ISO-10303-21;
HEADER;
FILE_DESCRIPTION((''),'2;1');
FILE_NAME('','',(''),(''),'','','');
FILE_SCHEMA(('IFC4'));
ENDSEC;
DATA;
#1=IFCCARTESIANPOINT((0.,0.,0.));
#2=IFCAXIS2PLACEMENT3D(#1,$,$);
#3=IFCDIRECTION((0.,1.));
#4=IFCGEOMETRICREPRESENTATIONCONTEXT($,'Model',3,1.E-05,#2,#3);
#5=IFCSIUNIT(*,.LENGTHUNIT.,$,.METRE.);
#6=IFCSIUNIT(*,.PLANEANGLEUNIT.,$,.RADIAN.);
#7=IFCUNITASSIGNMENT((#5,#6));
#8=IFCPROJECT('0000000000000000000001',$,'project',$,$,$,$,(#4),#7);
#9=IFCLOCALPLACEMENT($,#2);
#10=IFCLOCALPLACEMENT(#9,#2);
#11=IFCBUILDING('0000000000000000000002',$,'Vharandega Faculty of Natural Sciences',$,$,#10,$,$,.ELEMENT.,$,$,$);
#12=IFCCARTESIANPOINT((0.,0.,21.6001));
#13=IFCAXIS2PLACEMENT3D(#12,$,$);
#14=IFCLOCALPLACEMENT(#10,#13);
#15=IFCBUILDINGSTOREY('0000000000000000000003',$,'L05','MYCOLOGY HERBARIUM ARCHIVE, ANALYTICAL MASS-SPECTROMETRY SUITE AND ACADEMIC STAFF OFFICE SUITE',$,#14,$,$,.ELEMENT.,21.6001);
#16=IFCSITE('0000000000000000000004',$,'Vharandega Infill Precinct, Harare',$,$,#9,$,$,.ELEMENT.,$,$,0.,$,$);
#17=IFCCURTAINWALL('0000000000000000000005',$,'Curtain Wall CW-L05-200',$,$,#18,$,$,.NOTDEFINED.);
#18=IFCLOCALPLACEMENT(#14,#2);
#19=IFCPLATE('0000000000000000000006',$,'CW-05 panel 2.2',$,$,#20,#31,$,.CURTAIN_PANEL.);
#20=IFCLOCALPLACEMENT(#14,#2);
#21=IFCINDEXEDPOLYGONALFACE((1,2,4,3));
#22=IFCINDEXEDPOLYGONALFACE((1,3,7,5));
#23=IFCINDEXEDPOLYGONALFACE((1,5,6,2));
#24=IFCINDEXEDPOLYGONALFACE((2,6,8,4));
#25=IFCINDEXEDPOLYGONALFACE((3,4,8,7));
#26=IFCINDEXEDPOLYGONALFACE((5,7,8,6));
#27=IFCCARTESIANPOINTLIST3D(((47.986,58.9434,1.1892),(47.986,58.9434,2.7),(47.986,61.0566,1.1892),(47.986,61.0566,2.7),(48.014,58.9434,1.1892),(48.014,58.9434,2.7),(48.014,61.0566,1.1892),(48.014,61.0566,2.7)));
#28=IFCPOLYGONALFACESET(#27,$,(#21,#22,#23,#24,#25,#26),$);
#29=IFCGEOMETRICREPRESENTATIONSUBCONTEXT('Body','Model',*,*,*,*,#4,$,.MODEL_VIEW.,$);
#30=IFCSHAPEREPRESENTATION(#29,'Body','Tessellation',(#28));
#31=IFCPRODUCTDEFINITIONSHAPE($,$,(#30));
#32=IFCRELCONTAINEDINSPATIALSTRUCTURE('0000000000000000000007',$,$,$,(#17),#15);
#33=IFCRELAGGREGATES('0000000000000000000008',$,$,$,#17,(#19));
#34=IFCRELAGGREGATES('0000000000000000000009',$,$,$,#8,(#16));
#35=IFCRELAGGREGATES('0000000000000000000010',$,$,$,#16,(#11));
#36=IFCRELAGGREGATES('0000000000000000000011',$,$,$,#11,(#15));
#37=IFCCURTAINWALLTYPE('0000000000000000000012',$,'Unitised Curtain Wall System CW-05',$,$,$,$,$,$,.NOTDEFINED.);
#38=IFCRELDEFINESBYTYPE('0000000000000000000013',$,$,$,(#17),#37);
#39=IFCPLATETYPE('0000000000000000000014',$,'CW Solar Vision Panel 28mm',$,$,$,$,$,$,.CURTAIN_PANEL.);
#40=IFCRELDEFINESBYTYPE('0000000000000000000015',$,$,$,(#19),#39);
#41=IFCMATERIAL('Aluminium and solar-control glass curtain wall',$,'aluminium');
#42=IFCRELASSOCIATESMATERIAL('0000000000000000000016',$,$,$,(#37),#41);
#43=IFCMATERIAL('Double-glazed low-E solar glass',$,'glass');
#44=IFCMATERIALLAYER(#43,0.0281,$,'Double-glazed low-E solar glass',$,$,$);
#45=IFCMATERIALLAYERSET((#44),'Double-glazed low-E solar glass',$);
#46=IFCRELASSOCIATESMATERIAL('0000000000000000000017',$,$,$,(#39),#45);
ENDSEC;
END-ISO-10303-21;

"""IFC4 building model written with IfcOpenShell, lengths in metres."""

from ifc_helpers import new_model, si_unit, direction, frame, origin, origin_2d, place, context, subcontext, project, spatial, rectangle, extrude, material, layer, layer_set, type_object, element, aggregate, save


model = new_model("IFC4")

# Units and contexts
model_context = context("Model", 3, precision=1e-05, world=origin(), true_north=direction((0.0, 1.0)))
body_context = subcontext(model_context, "Body", "Model", "MODEL_VIEW")
ifc_project = project(units=[si_unit("LENGTHUNIT", "METRE"), si_unit("PLANEANGLEUNIT", "RADIAN")], contexts=[model_context])

# Site, building, storey
site_placement = place(None, origin())
site = spatial("IfcSite", under=ifc_project, at=site_placement, Name="Vharandega Infill Precinct, Harare", CompositionType="ELEMENT", RefElevation=0.0)
building_placement = place(site_placement, origin())
building = spatial("IfcBuilding", under=site, at=building_placement, Name="Vharandega Faculty of Natural Sciences", CompositionType="ELEMENT")
storey_placement = place(building_placement, frame((0.0, 0.0, 21.6001)))
storey = spatial("IfcBuildingStorey", under=building, at=storey_placement, Name="L05", Description="MYCOLOGY HERBARIUM ARCHIVE, ANALYTICAL MASS-SPECTROMETRY SUITE AND ACADEMIC STAFF OFFICE SUITE", CompositionType="ELEMENT", Elevation=21.6001)

# Curtain wall
ifc_material_1 = material(Name="Aluminium and solar-control glass curtain wall", Category="aluminium")
curtain_wall_type_1 = type_object("IfcCurtainWallType", Name="Unitised Curtain Wall System CW-05", PredefinedType="NOTDEFINED", material=ifc_material_1)
curtain_wall_1_placement = place(storey_placement, origin())
curtain_wall_1 = element("IfcCurtainWall", 1, at=curtain_wall_1_placement, inside=storey, type_object=curtain_wall_type_1, Name="Curtain Wall CW-L05-200", PredefinedType="NOTDEFINED")

# Plate
ifc_material_2 = material(Name="Double-glazed low-E solar glass", Category="glass")
ifc_layer = layer(ifc_material_2, 0.0281, Name="Double-glazed low-E solar glass")
ifc_layer_set = layer_set([ifc_layer], Name="Double-glazed low-E solar glass")
plate_type = type_object("IfcPlateType", Name="CW Solar Vision Panel 28mm", PredefinedType="CURTAIN_PANEL", material=ifc_layer_set)
plate_1_placement = place(storey_placement, frame((48.0, 60.0, 1.1892), z_axis=(0.0, 0.0, 1.0), x_axis=(0.0, 1.0, 0.0)))
plate_1 = element("IfcPlate", 2, at=plate_1_placement, type_object=plate_type, Name="CW-05 panel 2.2", PredefinedType="CURTAIN_PANEL", context=body_context, shape_type="SweptSolid", body=[
    extrude(rectangle(XDim=2.1133, YDim=0.0281, at=origin_2d()), origin(), (0.0, 0.0, 1.0), 1.5107),
])
aggregate(curtain_wall_1, [plate_1])

save(model, "model.ifc")
